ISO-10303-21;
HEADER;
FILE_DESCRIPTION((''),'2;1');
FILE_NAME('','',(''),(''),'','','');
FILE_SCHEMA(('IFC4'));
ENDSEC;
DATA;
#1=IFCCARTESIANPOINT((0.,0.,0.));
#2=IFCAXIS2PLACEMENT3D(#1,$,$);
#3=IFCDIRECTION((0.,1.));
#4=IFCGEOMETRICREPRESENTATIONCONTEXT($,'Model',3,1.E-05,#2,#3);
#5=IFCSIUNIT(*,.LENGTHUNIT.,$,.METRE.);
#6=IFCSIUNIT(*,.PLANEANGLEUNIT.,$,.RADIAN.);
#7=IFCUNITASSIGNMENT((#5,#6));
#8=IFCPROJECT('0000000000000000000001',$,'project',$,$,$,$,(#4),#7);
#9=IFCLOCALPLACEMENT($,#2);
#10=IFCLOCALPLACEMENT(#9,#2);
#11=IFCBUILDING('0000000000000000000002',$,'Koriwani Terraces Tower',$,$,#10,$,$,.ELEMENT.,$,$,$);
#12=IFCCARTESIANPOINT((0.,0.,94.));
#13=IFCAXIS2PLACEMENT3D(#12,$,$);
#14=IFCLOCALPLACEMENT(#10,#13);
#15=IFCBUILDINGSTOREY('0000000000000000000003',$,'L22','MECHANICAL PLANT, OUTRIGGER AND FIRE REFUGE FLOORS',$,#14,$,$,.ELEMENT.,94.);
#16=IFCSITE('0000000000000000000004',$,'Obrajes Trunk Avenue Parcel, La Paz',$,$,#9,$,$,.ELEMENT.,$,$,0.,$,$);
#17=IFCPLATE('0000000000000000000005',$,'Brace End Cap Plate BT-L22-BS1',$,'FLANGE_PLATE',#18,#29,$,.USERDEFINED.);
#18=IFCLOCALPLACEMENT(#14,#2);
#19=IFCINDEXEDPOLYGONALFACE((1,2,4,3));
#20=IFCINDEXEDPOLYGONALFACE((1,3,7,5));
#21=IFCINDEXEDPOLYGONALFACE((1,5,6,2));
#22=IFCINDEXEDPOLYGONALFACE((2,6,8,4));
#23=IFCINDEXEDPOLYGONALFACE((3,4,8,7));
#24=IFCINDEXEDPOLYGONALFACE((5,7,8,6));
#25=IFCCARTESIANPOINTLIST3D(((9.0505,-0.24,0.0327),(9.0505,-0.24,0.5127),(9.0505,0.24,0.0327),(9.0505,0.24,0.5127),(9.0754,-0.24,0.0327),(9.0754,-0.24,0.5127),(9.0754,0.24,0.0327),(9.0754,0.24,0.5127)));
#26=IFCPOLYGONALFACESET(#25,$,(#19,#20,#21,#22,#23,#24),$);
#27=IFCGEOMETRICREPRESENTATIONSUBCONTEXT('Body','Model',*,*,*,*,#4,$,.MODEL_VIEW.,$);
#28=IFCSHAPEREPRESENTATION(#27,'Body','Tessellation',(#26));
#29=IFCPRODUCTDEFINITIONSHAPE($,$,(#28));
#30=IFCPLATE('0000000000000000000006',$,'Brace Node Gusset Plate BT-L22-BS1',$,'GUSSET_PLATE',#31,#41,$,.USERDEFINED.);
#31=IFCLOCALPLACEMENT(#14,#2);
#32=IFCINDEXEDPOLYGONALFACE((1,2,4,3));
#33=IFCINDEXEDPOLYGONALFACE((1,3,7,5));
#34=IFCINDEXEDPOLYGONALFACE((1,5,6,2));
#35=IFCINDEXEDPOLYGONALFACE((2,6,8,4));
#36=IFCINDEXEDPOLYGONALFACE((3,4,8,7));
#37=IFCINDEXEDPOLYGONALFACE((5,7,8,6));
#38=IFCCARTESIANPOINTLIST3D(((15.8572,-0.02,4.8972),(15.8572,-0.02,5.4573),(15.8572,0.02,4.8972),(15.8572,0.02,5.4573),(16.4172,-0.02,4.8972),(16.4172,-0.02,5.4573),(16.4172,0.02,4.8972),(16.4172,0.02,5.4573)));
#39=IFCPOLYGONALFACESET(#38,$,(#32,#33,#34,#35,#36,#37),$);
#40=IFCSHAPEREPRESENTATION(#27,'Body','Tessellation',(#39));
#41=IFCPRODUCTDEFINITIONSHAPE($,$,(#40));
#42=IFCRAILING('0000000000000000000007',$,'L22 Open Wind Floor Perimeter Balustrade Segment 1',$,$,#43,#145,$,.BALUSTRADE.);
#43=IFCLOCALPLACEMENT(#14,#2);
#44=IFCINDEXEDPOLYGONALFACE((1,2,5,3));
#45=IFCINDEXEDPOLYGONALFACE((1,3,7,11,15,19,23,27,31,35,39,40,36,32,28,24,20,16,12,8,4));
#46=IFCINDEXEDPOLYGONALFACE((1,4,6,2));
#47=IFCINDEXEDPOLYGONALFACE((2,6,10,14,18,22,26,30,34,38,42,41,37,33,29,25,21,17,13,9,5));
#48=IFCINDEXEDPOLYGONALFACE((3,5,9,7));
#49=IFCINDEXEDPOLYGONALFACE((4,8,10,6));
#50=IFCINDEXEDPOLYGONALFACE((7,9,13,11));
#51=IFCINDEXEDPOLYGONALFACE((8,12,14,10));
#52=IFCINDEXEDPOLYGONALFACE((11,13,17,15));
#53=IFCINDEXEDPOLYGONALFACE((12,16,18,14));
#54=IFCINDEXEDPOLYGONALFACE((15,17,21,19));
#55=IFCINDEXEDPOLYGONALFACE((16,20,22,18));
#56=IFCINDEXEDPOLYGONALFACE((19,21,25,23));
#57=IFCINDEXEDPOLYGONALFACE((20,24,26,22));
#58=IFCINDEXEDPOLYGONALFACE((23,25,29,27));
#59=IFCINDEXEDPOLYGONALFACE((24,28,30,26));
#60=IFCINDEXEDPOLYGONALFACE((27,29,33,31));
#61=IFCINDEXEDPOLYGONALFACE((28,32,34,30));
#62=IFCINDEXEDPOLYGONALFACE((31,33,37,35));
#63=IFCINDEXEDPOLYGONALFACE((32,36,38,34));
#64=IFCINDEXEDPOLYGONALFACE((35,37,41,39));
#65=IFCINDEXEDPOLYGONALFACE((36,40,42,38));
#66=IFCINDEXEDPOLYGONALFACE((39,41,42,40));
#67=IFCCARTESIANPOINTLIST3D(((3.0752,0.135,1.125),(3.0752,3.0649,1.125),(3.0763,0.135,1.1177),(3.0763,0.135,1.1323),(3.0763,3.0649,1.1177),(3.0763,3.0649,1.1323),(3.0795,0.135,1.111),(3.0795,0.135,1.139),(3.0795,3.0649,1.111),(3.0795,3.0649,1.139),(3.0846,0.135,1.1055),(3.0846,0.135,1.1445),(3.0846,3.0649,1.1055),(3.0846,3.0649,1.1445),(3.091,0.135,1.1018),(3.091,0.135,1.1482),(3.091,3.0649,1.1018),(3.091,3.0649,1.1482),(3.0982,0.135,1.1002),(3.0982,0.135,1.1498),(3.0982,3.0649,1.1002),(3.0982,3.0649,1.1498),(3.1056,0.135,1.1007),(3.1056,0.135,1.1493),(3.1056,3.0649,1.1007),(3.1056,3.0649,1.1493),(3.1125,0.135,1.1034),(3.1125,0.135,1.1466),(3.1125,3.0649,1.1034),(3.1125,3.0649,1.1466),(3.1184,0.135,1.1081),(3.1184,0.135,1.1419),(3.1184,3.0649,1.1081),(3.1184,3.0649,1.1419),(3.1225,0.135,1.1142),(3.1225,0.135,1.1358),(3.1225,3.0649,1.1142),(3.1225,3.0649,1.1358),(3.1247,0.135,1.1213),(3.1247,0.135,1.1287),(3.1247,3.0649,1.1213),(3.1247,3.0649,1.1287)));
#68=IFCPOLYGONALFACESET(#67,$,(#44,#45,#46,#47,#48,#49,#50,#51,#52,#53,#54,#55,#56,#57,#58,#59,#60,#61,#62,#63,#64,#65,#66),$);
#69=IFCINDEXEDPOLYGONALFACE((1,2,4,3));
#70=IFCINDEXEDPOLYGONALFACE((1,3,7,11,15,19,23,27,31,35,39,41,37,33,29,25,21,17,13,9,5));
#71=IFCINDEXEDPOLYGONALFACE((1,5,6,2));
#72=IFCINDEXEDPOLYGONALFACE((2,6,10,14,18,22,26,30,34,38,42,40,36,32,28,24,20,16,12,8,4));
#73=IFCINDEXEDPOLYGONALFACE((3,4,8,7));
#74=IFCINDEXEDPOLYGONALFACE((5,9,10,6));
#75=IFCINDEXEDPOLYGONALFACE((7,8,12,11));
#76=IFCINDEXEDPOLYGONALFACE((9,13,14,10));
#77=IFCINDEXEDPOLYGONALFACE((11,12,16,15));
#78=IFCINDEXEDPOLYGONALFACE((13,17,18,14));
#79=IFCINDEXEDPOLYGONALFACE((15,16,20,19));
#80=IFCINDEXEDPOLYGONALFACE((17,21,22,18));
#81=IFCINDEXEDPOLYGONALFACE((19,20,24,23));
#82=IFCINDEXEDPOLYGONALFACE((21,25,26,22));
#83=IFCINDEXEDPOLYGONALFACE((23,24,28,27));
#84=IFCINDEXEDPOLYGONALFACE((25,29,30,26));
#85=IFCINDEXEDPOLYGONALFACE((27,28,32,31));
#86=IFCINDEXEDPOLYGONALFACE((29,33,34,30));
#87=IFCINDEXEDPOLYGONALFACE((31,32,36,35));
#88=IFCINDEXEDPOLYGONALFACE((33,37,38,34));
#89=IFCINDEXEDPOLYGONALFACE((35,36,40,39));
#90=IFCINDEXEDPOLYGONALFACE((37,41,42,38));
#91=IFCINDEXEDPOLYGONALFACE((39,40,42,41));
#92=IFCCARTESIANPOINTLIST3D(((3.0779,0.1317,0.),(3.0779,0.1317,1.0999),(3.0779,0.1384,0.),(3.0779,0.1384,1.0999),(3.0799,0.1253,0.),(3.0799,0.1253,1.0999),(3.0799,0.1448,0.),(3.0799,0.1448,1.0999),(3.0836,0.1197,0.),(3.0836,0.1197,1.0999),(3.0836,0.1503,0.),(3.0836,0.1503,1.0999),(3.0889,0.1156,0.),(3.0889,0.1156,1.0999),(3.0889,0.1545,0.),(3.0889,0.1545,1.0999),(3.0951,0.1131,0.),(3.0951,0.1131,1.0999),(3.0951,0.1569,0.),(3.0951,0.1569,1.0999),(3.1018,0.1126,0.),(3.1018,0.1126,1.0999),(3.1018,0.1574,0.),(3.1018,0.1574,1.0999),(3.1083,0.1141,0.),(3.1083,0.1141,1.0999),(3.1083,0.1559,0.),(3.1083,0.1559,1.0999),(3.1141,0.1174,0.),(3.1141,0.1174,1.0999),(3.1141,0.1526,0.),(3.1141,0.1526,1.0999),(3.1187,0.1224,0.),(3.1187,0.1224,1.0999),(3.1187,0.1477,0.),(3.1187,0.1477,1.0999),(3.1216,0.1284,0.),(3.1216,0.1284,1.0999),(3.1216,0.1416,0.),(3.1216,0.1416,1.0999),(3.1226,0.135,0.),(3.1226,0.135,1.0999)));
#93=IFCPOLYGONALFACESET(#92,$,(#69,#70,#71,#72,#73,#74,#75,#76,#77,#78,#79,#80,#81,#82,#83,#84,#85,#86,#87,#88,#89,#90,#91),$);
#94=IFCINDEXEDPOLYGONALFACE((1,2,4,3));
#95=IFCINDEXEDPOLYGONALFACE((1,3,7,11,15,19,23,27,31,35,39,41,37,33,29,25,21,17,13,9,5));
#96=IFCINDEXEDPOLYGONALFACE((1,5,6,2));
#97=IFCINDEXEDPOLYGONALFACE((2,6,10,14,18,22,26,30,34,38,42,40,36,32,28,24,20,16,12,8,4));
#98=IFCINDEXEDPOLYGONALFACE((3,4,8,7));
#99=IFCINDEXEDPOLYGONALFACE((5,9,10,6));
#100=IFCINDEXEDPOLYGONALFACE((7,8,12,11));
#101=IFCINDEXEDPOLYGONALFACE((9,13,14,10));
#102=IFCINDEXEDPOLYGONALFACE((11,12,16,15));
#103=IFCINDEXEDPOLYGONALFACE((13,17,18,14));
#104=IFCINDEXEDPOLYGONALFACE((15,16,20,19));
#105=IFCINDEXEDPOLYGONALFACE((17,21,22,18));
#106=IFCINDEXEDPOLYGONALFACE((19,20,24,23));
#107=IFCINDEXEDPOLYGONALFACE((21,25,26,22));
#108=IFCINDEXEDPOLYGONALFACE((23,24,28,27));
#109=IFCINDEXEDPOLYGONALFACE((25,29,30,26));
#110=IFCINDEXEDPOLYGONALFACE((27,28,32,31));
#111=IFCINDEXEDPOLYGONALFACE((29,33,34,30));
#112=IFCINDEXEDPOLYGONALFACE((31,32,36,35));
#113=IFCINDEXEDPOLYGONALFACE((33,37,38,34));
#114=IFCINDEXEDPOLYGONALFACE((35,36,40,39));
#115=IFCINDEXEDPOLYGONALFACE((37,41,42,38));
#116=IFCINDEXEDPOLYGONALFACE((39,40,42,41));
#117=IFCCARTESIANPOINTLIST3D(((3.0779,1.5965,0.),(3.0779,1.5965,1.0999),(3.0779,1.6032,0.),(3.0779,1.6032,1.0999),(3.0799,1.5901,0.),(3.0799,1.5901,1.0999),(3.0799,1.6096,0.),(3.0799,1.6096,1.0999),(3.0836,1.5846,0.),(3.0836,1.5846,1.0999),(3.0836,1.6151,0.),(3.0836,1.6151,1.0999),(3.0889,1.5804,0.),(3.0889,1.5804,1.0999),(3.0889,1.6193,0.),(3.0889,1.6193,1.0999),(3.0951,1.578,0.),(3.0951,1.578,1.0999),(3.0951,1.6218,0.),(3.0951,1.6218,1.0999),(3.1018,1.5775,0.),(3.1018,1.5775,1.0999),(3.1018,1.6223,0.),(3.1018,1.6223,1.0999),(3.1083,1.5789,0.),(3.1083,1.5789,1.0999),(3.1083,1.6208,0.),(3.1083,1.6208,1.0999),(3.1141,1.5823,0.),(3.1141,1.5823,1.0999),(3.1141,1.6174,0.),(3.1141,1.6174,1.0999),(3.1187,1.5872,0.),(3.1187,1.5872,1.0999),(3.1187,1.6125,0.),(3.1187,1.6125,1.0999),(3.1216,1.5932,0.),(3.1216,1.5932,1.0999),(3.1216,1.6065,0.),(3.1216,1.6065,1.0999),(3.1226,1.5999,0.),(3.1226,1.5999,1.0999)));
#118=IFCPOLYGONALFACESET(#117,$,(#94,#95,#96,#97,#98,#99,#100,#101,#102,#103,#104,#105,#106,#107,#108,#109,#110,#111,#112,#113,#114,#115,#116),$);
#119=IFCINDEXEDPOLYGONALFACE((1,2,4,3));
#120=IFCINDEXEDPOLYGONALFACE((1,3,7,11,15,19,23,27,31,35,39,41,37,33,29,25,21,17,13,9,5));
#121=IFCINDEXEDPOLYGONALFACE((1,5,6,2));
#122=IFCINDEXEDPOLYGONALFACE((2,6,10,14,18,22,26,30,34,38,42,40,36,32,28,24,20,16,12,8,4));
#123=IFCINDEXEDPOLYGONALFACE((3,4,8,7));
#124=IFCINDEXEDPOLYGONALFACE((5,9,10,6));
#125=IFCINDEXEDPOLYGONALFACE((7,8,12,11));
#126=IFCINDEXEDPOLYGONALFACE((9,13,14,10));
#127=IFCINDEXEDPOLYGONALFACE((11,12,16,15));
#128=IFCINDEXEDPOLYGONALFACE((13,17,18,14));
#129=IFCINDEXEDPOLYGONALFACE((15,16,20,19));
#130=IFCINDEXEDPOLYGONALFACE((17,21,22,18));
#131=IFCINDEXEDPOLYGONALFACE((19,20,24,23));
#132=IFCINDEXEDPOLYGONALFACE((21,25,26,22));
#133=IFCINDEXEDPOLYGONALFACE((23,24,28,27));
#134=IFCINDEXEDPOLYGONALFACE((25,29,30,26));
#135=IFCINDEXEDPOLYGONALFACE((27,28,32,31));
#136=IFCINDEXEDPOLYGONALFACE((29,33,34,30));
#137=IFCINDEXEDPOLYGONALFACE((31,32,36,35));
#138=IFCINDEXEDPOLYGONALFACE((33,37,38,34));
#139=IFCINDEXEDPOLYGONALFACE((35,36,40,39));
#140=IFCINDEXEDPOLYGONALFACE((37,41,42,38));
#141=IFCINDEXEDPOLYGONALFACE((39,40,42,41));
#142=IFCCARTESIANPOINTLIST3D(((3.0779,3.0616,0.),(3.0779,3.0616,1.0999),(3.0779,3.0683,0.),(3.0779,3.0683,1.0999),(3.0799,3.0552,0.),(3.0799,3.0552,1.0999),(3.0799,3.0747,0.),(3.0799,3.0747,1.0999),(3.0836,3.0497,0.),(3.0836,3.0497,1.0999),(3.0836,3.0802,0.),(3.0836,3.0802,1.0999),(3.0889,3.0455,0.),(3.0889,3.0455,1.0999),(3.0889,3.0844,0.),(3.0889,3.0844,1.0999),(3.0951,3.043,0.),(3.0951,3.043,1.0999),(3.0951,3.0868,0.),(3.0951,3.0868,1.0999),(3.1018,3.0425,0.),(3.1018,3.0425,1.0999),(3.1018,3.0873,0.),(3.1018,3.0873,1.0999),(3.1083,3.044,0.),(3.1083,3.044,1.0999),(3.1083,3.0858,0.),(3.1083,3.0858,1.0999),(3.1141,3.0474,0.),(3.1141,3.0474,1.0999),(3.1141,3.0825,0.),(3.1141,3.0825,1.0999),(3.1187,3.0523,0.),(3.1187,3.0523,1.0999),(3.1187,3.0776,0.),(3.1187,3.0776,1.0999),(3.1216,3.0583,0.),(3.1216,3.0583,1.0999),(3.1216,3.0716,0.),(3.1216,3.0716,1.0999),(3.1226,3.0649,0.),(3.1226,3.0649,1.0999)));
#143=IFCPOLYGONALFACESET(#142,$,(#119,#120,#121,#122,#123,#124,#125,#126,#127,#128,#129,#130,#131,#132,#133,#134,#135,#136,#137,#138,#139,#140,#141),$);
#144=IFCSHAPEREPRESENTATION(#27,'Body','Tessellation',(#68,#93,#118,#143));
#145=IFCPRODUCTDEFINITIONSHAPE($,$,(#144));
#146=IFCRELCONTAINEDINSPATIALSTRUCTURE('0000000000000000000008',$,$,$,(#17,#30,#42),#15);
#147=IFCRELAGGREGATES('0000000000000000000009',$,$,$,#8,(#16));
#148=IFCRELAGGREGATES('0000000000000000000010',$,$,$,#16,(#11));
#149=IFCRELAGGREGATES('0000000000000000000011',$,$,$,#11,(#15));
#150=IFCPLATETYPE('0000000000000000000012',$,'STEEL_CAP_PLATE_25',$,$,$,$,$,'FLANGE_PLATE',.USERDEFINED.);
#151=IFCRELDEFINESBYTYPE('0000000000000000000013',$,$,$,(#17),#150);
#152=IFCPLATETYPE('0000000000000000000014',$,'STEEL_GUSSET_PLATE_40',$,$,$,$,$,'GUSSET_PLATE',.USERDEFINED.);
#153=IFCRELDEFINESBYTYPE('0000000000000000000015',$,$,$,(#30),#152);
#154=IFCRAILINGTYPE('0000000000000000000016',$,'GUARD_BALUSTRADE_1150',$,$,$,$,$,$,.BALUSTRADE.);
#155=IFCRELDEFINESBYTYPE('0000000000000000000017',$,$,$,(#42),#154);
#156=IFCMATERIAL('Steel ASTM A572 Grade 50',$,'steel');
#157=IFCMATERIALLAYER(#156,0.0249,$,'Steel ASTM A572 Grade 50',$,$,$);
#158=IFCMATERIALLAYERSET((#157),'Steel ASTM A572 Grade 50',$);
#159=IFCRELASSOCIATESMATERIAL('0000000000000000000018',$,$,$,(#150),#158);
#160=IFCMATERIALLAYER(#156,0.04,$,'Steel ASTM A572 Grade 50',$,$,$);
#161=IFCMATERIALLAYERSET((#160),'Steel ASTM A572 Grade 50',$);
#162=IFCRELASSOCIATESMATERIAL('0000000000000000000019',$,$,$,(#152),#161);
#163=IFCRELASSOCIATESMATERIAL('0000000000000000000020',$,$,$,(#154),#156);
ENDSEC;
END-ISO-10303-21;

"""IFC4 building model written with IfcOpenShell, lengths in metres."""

from ifc_helpers import new_model, si_unit, direction, frame, origin, origin_2d, place, context, subcontext, project, spatial, rectangle, circle, extrude, material, layer, layer_set, type_object, element, save


model = new_model("IFC4")

# Units and contexts
model_context = context("Model", 3, precision=1e-05, world=origin(), true_north=direction((0.0, 1.0)))
body_context = subcontext(model_context, "Body", "Model", "MODEL_VIEW")
ifc_project = project(units=[si_unit("LENGTHUNIT", "METRE"), si_unit("PLANEANGLEUNIT", "RADIAN")], contexts=[model_context])

# Site, building, storey
site_placement = place(None, origin())
site = spatial("IfcSite", under=ifc_project, at=site_placement, Name="Obrajes Trunk Avenue Parcel, La Paz", CompositionType="ELEMENT", RefElevation=0.0)
building_placement = place(site_placement, origin())
building = spatial("IfcBuilding", under=site, at=building_placement, Name="Koriwani Terraces Tower", CompositionType="ELEMENT")
storey_placement = place(building_placement, frame((0.0, 0.0, 94.0)))
storey = spatial("IfcBuildingStorey", under=building, at=storey_placement, Name="L22", Description="MECHANICAL PLANT, OUTRIGGER AND FIRE REFUGE FLOORS", CompositionType="ELEMENT", Elevation=94.0)

# Shared definitions
ifc_material_1 = material(Name="Steel ASTM A572 Grade 50", Category="steel")

# Plates
ifc_layer_1 = layer(ifc_material_1, 0.0249, Name="Steel ASTM A572 Grade 50")
ifc_layer_set_1 = layer_set([ifc_layer_1], Name="Steel ASTM A572 Grade 50")
plate_type_1 = type_object("IfcPlateType", Name="STEEL_CAP_PLATE_25", ElementType="FLANGE_PLATE", PredefinedType="USERDEFINED", material=ifc_layer_set_1)
plate_1_placement = place(storey_placement, frame((9.063, 0.0, 0.0327), z_axis=(0.0, 0.0, 1.0), x_axis=(1.0, 0.0, 0.0)))
element("IfcPlate", 1, at=plate_1_placement, inside=storey, type_object=plate_type_1, Name="Brace End Cap Plate BT-L22-BS1", ObjectType="FLANGE_PLATE", PredefinedType="USERDEFINED", context=body_context, shape_type="SweptSolid", body=[
    extrude(rectangle(XDim=0.0249, YDim=0.48, at=origin_2d()), origin(), (0.0, 0.0, 1.0), 0.48),
])
ifc_layer_2 = layer(ifc_material_1, 0.04, Name="Steel ASTM A572 Grade 50")
ifc_layer_set_2 = layer_set([ifc_layer_2], Name="Steel ASTM A572 Grade 50")
plate_type_2 = type_object("IfcPlateType", Name="STEEL_GUSSET_PLATE_40", ElementType="GUSSET_PLATE", PredefinedType="USERDEFINED", material=ifc_layer_set_2)
plate_2_placement = place(storey_placement, frame((16.1372, 0.0, 4.8972), z_axis=(0.0, 0.0, 1.0), x_axis=(1.0, 0.0, 0.0)))
element("IfcPlate", 2, at=plate_2_placement, inside=storey, type_object=plate_type_2, Name="Brace Node Gusset Plate BT-L22-BS1", ObjectType="GUSSET_PLATE", PredefinedType="USERDEFINED", context=body_context, shape_type="SweptSolid", body=[
    extrude(rectangle(XDim=0.5601, YDim=0.04, at=origin_2d()), origin(), (0.0, 0.0, 1.0), 0.5601),
])

# Railing
railing_type = type_object("IfcRailingType", Name="GUARD_BALUSTRADE_1150", PredefinedType="BALUSTRADE", material=ifc_material_1)
railing_1_placement = place(storey_placement, frame((3.1001, 0.135, 0.0)))
element("IfcRailing", 3, at=railing_1_placement, inside=storey, type_object=railing_type, Name="L22 Open Wind Floor Perimeter Balustrade Segment 1", PredefinedType="BALUSTRADE", context=body_context, shape_type="SweptSolid", body=[
    extrude(circle(Radius=0.0249, at=origin_2d()), frame((0.0, 0.0, 1.125), z_axis=(0.0, 1.0, 0.0), x_axis=(-1.0, 0.0, 0.0)), (0.0, 0.0, 1.0), 2.9299),
    extrude(circle(Radius=0.0225, at=origin_2d()), origin(), (0.0, 0.0, 1.0), 1.0999),
    extrude(circle(Radius=0.0225, at=origin_2d()), frame((0.0, 1.4648, 0.0)), (0.0, 0.0, 1.0), 1.0999),
    extrude(circle(Radius=0.0225, at=origin_2d()), frame((0.0, 2.9299, 0.0)), (0.0, 0.0, 1.0), 1.0999),
])

save(model, "model.ifc")
